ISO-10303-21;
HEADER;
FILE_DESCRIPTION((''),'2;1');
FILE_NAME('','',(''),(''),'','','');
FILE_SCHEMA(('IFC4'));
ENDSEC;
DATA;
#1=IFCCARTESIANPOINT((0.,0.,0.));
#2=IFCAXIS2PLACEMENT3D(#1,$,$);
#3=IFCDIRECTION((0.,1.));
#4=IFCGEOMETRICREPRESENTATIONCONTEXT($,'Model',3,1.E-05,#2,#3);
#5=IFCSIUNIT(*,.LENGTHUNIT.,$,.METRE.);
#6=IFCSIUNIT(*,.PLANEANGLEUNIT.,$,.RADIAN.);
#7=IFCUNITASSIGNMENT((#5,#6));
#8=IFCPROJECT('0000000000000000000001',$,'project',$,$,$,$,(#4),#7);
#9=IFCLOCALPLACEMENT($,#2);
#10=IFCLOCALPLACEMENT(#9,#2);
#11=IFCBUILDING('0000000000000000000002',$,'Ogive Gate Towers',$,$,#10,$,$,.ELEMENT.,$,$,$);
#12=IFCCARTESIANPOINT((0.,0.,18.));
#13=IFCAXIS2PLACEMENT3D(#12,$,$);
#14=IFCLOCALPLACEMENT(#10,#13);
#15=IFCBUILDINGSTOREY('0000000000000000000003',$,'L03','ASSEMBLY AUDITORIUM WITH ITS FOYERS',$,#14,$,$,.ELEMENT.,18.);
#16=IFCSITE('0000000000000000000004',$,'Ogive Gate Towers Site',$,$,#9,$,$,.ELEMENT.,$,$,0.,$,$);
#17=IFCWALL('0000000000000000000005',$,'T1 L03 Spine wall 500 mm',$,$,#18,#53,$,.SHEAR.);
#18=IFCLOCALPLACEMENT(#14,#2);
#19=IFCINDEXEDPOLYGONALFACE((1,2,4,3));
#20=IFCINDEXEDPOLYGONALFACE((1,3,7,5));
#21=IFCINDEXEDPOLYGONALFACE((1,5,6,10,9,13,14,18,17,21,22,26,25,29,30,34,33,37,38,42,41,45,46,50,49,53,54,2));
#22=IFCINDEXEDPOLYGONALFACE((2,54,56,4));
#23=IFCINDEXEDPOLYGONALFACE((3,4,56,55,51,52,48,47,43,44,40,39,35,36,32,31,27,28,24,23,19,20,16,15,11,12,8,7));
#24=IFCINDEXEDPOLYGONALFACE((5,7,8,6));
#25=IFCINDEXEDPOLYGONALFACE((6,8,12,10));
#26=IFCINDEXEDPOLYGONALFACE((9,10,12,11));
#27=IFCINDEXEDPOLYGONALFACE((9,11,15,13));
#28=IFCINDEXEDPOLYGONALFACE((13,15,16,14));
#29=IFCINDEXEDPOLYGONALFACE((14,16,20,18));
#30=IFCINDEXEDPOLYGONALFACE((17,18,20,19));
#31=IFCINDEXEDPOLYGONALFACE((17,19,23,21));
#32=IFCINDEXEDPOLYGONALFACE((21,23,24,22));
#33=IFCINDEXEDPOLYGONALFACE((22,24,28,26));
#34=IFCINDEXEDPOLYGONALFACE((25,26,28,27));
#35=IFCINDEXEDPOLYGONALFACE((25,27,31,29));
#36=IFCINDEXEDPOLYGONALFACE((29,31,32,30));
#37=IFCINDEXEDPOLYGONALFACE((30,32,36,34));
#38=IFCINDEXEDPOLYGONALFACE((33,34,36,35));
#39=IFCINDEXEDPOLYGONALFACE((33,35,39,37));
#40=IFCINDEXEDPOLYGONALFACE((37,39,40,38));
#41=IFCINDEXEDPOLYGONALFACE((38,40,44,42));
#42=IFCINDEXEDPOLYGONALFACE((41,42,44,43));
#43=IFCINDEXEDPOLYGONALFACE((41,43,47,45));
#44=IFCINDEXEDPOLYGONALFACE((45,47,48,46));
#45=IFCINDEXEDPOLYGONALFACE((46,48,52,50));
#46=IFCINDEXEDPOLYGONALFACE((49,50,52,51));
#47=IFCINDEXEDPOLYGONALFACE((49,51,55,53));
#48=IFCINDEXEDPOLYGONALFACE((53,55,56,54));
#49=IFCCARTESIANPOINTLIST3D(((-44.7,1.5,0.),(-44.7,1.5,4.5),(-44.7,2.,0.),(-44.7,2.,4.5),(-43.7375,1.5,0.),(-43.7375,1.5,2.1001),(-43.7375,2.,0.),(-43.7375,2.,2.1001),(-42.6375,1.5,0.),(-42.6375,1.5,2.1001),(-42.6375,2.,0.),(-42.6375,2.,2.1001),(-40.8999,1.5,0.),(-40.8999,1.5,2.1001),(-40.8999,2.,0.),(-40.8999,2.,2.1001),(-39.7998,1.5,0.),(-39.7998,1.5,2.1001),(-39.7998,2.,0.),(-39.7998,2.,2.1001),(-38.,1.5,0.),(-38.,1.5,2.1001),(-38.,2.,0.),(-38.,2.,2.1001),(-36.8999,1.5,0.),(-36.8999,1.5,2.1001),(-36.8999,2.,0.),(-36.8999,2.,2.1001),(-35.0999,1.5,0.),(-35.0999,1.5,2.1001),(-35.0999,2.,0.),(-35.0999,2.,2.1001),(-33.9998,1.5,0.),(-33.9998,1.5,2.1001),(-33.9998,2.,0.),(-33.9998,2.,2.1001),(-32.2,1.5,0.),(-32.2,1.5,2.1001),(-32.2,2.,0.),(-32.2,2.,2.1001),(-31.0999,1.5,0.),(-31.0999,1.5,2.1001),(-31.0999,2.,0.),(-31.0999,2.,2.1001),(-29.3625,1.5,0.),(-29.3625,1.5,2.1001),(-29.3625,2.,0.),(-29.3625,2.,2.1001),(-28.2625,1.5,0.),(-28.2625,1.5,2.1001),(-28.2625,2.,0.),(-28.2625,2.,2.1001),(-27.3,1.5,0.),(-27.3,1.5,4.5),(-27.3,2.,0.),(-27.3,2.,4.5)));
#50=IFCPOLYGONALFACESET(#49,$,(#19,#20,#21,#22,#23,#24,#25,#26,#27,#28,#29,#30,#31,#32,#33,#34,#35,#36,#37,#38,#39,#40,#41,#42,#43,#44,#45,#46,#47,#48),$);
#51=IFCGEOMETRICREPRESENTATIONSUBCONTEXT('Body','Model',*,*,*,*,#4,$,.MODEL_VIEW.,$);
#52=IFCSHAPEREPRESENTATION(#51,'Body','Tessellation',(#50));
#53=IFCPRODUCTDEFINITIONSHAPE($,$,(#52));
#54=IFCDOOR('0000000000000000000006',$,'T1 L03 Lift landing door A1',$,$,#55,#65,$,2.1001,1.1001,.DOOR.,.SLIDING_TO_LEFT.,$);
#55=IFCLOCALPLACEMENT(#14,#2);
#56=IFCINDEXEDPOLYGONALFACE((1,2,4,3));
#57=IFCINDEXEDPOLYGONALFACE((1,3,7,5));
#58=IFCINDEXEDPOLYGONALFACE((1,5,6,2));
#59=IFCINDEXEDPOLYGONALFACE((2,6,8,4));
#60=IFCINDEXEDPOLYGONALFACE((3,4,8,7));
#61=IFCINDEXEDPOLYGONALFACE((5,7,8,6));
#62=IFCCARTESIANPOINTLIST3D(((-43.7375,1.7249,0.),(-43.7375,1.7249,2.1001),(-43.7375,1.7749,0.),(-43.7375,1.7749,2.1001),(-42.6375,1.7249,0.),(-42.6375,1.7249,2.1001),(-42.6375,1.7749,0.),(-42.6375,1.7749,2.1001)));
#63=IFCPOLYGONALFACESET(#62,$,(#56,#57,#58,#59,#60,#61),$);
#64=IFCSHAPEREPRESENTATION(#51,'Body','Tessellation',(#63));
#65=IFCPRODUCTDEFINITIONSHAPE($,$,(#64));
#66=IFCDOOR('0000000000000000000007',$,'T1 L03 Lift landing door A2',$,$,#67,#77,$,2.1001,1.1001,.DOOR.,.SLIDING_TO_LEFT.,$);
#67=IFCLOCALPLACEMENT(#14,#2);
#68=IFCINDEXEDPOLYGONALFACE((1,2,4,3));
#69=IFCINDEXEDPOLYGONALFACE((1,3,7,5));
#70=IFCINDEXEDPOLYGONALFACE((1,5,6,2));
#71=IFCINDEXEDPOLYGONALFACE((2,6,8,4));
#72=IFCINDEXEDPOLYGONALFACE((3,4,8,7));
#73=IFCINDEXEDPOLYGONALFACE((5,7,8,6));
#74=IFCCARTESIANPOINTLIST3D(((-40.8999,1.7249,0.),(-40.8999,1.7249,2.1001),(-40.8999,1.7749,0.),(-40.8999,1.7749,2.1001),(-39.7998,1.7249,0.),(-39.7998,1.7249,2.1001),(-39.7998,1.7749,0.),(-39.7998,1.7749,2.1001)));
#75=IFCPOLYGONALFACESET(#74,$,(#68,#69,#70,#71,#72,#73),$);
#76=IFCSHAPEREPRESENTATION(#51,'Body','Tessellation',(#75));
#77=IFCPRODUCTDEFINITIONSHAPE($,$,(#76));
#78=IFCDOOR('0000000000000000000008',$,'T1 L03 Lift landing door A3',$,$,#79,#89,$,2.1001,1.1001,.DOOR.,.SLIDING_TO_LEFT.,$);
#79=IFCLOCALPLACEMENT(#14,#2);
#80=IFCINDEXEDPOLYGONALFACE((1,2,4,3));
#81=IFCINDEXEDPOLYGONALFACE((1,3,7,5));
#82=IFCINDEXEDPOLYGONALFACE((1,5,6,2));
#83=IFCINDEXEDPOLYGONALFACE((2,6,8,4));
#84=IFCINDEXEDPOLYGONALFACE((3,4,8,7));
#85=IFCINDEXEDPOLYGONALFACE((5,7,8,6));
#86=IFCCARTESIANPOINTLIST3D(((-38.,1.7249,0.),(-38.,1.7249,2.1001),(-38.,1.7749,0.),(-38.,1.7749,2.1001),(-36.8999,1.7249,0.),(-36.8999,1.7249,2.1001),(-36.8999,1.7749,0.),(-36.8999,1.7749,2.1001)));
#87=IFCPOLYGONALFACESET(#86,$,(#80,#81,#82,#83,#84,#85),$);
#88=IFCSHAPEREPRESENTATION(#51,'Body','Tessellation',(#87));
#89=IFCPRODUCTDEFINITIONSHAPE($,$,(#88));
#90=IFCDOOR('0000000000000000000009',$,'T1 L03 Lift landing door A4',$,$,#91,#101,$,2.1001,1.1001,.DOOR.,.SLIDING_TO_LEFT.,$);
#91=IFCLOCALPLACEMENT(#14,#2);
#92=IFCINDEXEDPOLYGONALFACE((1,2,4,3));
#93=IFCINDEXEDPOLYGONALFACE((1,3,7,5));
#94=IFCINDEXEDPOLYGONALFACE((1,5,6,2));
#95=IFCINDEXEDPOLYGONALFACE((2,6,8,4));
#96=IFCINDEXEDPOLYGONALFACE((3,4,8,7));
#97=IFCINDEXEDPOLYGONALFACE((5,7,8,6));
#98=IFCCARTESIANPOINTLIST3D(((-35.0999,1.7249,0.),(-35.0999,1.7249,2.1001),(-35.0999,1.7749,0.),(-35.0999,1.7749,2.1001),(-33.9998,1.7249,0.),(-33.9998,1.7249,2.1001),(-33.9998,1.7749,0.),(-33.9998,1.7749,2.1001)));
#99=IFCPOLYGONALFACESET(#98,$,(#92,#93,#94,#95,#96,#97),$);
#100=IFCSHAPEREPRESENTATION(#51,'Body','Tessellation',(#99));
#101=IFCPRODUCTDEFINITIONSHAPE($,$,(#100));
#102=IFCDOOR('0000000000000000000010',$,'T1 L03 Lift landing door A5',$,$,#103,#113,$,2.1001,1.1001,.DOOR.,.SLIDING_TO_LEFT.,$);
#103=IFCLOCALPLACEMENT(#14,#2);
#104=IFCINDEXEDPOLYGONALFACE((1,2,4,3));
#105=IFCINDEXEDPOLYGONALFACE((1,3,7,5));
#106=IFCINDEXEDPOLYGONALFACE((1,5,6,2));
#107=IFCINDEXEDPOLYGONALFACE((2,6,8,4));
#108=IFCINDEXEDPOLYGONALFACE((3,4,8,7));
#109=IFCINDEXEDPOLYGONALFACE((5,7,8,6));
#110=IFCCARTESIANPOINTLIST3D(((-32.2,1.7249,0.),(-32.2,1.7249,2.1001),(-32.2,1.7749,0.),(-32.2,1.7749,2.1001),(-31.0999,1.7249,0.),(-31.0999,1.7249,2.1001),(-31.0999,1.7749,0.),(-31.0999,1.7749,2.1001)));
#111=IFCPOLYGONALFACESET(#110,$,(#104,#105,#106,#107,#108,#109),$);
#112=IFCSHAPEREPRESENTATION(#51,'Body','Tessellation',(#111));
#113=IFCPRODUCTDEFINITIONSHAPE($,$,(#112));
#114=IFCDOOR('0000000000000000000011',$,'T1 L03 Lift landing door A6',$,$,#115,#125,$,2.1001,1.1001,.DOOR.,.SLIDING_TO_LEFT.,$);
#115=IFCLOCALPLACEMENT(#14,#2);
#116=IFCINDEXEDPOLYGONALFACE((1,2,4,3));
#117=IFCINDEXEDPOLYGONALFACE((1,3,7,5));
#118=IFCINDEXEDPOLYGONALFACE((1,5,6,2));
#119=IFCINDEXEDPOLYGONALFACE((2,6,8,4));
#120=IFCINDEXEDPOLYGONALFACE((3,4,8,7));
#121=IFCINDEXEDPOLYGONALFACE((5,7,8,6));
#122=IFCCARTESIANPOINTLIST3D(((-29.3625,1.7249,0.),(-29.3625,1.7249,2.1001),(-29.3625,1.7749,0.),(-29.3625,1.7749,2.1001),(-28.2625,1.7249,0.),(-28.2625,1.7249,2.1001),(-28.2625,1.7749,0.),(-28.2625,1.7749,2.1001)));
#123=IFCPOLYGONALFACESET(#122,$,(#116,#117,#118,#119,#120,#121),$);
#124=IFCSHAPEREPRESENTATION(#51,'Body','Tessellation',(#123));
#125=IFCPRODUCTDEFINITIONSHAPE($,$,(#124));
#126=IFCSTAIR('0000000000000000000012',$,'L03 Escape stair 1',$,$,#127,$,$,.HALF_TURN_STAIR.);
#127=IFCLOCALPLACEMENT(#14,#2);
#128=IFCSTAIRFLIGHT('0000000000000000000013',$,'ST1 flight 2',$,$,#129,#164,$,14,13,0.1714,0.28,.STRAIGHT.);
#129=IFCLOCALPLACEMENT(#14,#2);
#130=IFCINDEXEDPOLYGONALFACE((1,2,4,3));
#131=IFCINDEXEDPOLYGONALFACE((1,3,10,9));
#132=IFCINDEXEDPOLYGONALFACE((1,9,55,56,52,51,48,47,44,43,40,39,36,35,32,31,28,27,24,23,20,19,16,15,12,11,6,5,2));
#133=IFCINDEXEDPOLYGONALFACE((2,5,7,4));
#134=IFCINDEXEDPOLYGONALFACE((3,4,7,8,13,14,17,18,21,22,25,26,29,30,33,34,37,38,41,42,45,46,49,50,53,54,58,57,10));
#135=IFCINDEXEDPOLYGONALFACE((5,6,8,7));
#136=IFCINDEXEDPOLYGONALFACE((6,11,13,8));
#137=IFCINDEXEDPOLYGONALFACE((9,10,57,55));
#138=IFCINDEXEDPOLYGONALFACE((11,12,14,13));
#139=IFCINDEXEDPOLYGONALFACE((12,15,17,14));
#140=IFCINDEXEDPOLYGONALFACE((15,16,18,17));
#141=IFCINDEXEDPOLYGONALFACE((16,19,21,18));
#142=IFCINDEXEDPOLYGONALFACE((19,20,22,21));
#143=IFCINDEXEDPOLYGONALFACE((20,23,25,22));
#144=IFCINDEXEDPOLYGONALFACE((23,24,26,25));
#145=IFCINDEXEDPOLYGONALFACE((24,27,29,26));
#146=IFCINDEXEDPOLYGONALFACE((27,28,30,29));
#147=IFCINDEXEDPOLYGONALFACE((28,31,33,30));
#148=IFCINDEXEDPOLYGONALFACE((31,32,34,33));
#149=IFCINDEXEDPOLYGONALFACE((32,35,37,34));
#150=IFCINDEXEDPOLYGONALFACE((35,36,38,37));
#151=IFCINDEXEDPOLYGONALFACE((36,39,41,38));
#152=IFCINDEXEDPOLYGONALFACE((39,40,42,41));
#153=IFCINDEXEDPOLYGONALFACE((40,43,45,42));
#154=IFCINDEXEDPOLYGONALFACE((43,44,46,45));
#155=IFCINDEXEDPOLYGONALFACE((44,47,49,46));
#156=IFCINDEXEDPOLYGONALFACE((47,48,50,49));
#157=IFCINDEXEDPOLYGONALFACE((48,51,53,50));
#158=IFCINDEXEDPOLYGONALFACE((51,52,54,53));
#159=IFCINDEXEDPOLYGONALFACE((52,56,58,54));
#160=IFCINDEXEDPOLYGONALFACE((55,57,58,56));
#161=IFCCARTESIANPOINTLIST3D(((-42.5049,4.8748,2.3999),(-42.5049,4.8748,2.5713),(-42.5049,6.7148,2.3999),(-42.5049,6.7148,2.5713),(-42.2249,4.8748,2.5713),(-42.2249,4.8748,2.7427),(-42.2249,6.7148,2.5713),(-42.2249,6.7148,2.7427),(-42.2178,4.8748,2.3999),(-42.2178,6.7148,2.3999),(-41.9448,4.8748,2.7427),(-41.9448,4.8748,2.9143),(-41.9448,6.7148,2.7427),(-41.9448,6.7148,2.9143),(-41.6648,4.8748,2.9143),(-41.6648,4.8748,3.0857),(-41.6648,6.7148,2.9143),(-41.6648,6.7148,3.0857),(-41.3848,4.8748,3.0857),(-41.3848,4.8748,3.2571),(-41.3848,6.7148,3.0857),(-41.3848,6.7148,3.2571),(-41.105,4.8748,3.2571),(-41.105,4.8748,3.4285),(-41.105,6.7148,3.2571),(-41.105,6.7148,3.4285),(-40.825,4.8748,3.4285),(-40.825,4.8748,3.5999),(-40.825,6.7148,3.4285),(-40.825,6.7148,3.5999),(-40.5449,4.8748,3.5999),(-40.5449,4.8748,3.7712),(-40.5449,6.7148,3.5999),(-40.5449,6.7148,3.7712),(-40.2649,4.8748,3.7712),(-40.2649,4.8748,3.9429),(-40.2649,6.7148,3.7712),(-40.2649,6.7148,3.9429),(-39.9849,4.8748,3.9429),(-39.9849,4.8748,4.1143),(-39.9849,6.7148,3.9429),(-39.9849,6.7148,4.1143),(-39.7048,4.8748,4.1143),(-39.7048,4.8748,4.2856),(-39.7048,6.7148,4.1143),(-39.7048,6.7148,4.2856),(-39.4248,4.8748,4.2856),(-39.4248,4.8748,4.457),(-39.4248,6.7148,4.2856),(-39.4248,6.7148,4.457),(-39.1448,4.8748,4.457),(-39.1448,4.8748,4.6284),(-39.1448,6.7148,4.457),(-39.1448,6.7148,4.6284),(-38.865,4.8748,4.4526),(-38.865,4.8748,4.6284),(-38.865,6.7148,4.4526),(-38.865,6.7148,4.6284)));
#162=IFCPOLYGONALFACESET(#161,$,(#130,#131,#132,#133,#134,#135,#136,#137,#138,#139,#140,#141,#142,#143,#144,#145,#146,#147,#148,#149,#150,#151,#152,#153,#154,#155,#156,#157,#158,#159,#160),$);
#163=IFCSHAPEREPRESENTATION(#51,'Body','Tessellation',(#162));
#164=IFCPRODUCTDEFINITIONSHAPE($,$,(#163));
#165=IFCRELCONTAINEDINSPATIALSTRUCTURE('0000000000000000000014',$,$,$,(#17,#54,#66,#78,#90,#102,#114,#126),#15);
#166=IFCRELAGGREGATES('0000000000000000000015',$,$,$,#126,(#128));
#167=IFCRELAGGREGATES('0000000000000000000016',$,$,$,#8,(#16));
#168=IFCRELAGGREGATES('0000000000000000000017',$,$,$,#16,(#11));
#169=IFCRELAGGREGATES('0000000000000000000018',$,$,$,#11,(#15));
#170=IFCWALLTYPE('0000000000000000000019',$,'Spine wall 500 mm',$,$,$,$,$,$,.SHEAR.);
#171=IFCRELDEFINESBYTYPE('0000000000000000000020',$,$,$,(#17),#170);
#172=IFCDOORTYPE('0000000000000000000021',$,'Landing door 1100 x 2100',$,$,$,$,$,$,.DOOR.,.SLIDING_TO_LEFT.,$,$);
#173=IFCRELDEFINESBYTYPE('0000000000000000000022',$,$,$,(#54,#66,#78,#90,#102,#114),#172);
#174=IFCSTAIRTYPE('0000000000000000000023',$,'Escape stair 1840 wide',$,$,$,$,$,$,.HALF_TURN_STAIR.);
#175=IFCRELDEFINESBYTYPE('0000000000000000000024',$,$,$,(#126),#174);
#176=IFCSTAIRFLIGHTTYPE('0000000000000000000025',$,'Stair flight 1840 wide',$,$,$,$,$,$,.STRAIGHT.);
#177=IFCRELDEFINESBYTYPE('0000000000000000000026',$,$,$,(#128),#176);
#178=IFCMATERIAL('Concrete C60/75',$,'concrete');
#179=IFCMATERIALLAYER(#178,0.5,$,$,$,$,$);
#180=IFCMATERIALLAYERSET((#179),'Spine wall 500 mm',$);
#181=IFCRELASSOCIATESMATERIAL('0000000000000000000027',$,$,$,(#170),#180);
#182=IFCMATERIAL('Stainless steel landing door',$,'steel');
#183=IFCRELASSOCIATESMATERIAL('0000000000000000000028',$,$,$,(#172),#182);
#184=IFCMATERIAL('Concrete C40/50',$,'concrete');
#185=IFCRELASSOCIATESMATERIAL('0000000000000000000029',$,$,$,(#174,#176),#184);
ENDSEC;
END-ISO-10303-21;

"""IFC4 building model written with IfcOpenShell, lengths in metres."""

from ifc_helpers import new_model, si_unit, direction, frame, frame_2d, origin, place, context, subcontext, project, spatial, polyline, rectangle, outline, extrude, material, layer, layer_set, type_object, element, fill, aggregate, save


model = new_model("IFC4")

# Units and contexts
model_context = context("Model", 3, precision=1e-05, world=origin(), true_north=direction((0.0, 1.0)))
body_context = subcontext(model_context, "Body", "Model", "MODEL_VIEW")
ifc_project = project(units=[si_unit("LENGTHUNIT", "METRE"), si_unit("PLANEANGLEUNIT", "RADIAN")], contexts=[model_context])

# Site, building, storey
site_placement = place(None, origin())
site = spatial("IfcSite", under=ifc_project, at=site_placement, Name="Ogive Gate Towers Site", CompositionType="ELEMENT", RefElevation=0.0)
building_placement = place(site_placement, origin())
building = spatial("IfcBuilding", under=site, at=building_placement, Name="Ogive Gate Towers", CompositionType="ELEMENT")
storey_placement = place(building_placement, frame((0.0, 0.0, 18.0)))
storey = spatial("IfcBuildingStorey", under=building, at=storey_placement, Name="L03", Description="ASSEMBLY AUDITORIUM WITH ITS FOYERS", CompositionType="ELEMENT", Elevation=18.0)

# Shared definitions
ifc_material_1 = material(Name="Concrete C60/75", Category="concrete")

# Wall, openings, doors
ifc_layer_1 = layer(ifc_material_1, 0.5)
ifc_layer_set_1 = layer_set([ifc_layer_1], Name="Spine wall 500 mm")
wall_type_1 = type_object("IfcWallType", Name="Spine wall 500 mm", PredefinedType="SHEAR", material=ifc_layer_set_1)
ifc_material_2 = material(Name="Stainless steel landing door", Category="steel")
wall_1_placement = place(storey_placement, frame((-44.7, 1.75, 0.0), z_axis=(0.0, 0.0, 1.0), x_axis=(1.0, 0.0, 0.0)))
wall_1 = element("IfcWall", 1, at=wall_1_placement, inside=storey, type_object=wall_type_1, Name="T1 L03 Spine wall 500 mm", PredefinedType="SHEAR", context=body_context, shape_type="SweptSolid", body=[
    extrude(rectangle(XDim=17.3999, YDim=0.5, at=frame_2d((8.7, 0.0))), origin(), (0.0, 0.0, 1.0), 4.5),
])
opening_1_placement = place(wall_1_placement, frame((0.9624, 0.0, 0.0)))
opening_1 = element("IfcOpeningElement", 2, at=opening_1_placement, cuts=wall_1, PredefinedType="OPENING", context=body_context, shape_type="SweptSolid", body=[
    extrude(rectangle(XDim=1.1001, YDim=2.1001, at=frame_2d((0.55, 1.05))), frame((0.0, 0.26, 0.0), z_axis=(0.0, -1.0, 0.0), x_axis=(1.0, 0.0, 0.0)), (0.0, 0.0, 1.0), 0.52),
])
opening_2_placement = place(wall_1_placement, frame((3.8, 0.0, 0.0)))
opening_2 = element("IfcOpeningElement", 3, at=opening_2_placement, cuts=wall_1, PredefinedType="OPENING", context=body_context, shape_type="SweptSolid", body=[
    extrude(rectangle(XDim=1.1001, YDim=2.1001, at=frame_2d((0.55, 1.05))), frame((0.0, 0.26, 0.0), z_axis=(0.0, -1.0, 0.0), x_axis=(1.0, 0.0, 0.0)), (0.0, 0.0, 1.0), 0.52),
])
opening_3_placement = place(wall_1_placement, frame((6.7, 0.0, 0.0)))
opening_3 = element("IfcOpeningElement", 4, at=opening_3_placement, cuts=wall_1, PredefinedType="OPENING", context=body_context, shape_type="SweptSolid", body=[
    extrude(rectangle(XDim=1.1001, YDim=2.1001, at=frame_2d((0.55, 1.05))), frame((0.0, 0.26, 0.0), z_axis=(0.0, -1.0, 0.0), x_axis=(1.0, 0.0, 0.0)), (0.0, 0.0, 1.0), 0.52),
])
opening_4_placement = place(wall_1_placement, frame((9.6001, 0.0, 0.0)))
opening_4 = element("IfcOpeningElement", 5, at=opening_4_placement, cuts=wall_1, PredefinedType="OPENING", context=body_context, shape_type="SweptSolid", body=[
    extrude(rectangle(XDim=1.1001, YDim=2.1001, at=frame_2d((0.55, 1.05))), frame((0.0, 0.26, 0.0), z_axis=(0.0, -1.0, 0.0), x_axis=(1.0, 0.0, 0.0)), (0.0, 0.0, 1.0), 0.52),
])
opening_5_placement = place(wall_1_placement, frame((12.5, 0.0, 0.0)))
opening_5 = element("IfcOpeningElement", 6, at=opening_5_placement, cuts=wall_1, PredefinedType="OPENING", context=body_context, shape_type="SweptSolid", body=[
    extrude(rectangle(XDim=1.1001, YDim=2.1001, at=frame_2d((0.55, 1.05))), frame((0.0, 0.26, 0.0), z_axis=(0.0, -1.0, 0.0), x_axis=(1.0, 0.0, 0.0)), (0.0, 0.0, 1.0), 0.52),
])
opening_6_placement = place(wall_1_placement, frame((15.3374, 0.0, 0.0)))
opening_6 = element("IfcOpeningElement", 7, at=opening_6_placement, cuts=wall_1, PredefinedType="OPENING", context=body_context, shape_type="SweptSolid", body=[
    extrude(rectangle(XDim=1.1001, YDim=2.1001, at=frame_2d((0.55, 1.05))), frame((0.0, 0.26, 0.0), z_axis=(0.0, -1.0, 0.0), x_axis=(1.0, 0.0, 0.0)), (0.0, 0.0, 1.0), 0.52),
])
door_type_1 = type_object("IfcDoorType", Name="Landing door 1100 x 2100", OperationType="SLIDING_TO_LEFT", PredefinedType="DOOR", material=ifc_material_2)
door_1_placement = place(opening_1_placement, origin())
door_1 = element("IfcDoor", 8, at=door_1_placement, inside=storey, type_object=door_type_1, Name="T1 L03 Lift landing door A1", OperationType="SLIDING_TO_LEFT", OverallHeight=2.1001, OverallWidth=1.1001, PredefinedType="DOOR", context=body_context, shape_type="SweptSolid", body=[
    extrude(rectangle(XDim=1.1001, YDim=2.1001, at=frame_2d((0.55, 1.05))), frame((0.0, 0.0249, 0.0), z_axis=(0.0, -1.0, 0.0), x_axis=(1.0, 0.0, 0.0)), (0.0, 0.0, 1.0), 0.05),
])
fill(opening_1, door_1)
door_2_placement = place(opening_2_placement, origin())
door_2 = element("IfcDoor", 9, at=door_2_placement, inside=storey, type_object=door_type_1, Name="T1 L03 Lift landing door A2", OperationType="SLIDING_TO_LEFT", OverallHeight=2.1001, OverallWidth=1.1001, PredefinedType="DOOR", context=body_context, shape_type="SweptSolid", body=[
    extrude(rectangle(XDim=1.1001, YDim=2.1001, at=frame_2d((0.55, 1.05))), frame((0.0, 0.0249, 0.0), z_axis=(0.0, -1.0, 0.0), x_axis=(1.0, 0.0, 0.0)), (0.0, 0.0, 1.0), 0.05),
])
fill(opening_2, door_2)
door_3_placement = place(opening_3_placement, origin())
door_3 = element("IfcDoor", 10, at=door_3_placement, inside=storey, type_object=door_type_1, Name="T1 L03 Lift landing door A3", OperationType="SLIDING_TO_LEFT", OverallHeight=2.1001, OverallWidth=1.1001, PredefinedType="DOOR", context=body_context, shape_type="SweptSolid", body=[
    extrude(rectangle(XDim=1.1001, YDim=2.1001, at=frame_2d((0.55, 1.05))), frame((0.0, 0.0249, 0.0), z_axis=(0.0, -1.0, 0.0), x_axis=(1.0, 0.0, 0.0)), (0.0, 0.0, 1.0), 0.05),
])
fill(opening_3, door_3)
door_4_placement = place(opening_4_placement, origin())
door_4 = element("IfcDoor", 11, at=door_4_placement, inside=storey, type_object=door_type_1, Name="T1 L03 Lift landing door A4", OperationType="SLIDING_TO_LEFT", OverallHeight=2.1001, OverallWidth=1.1001, PredefinedType="DOOR", context=body_context, shape_type="SweptSolid", body=[
    extrude(rectangle(XDim=1.1001, YDim=2.1001, at=frame_2d((0.55, 1.05))), frame((0.0, 0.0249, 0.0), z_axis=(0.0, -1.0, 0.0), x_axis=(1.0, 0.0, 0.0)), (0.0, 0.0, 1.0), 0.05),
])
fill(opening_4, door_4)
door_5_placement = place(opening_5_placement, origin())
door_5 = element("IfcDoor", 12, at=door_5_placement, inside=storey, type_object=door_type_1, Name="T1 L03 Lift landing door A5", OperationType="SLIDING_TO_LEFT", OverallHeight=2.1001, OverallWidth=1.1001, PredefinedType="DOOR", context=body_context, shape_type="SweptSolid", body=[
    extrude(rectangle(XDim=1.1001, YDim=2.1001, at=frame_2d((0.55, 1.05))), frame((0.0, 0.0249, 0.0), z_axis=(0.0, -1.0, 0.0), x_axis=(1.0, 0.0, 0.0)), (0.0, 0.0, 1.0), 0.05),
])
fill(opening_5, door_5)
door_6_placement = place(opening_6_placement, origin())
door_6 = element("IfcDoor", 13, at=door_6_placement, inside=storey, type_object=door_type_1, Name="T1 L03 Lift landing door A6", OperationType="SLIDING_TO_LEFT", OverallHeight=2.1001, OverallWidth=1.1001, PredefinedType="DOOR", context=body_context, shape_type="SweptSolid", body=[
    extrude(rectangle(XDim=1.1001, YDim=2.1001, at=frame_2d((0.55, 1.05))), frame((0.0, 0.0249, 0.0), z_axis=(0.0, -1.0, 0.0), x_axis=(1.0, 0.0, 0.0)), (0.0, 0.0, 1.0), 0.05),
])
fill(opening_6, door_6)

# Stair, stair flight
ifc_material_3 = material(Name="Concrete C40/50", Category="concrete")
stair_type = type_object("IfcStairType", Name="Escape stair 1840 wide", PredefinedType="HALF_TURN_STAIR", material=ifc_material_3)
stair_placement = place(storey_placement, origin())
stair = element("IfcStair", 14, at=stair_placement, inside=storey, type_object=stair_type, Name="L03 Escape stair 1", PredefinedType="HALF_TURN_STAIR")
stair_flight_type = type_object("IfcStairFlightType", Name="Stair flight 1840 wide", PredefinedType="STRAIGHT", material=ifc_material_3)
stair_flight_placement = place(storey_placement, frame((-42.5049, 5.7949, 2.3999), z_axis=(0.0, 0.0, 1.0), x_axis=(1.0, 0.0, 0.0)))
stair_flight = element("IfcStairFlight", 15, at=stair_flight_placement, type_object=stair_flight_type, Name="ST1 flight 2", NumberOfRisers=14, NumberOfTreads=13, PredefinedType="STRAIGHT", RiserHeight=0.1714, TreadLength=0.28, context=body_context, shape_type="SweptSolid", body=[
    extrude(outline(polyline([(0.0, 0.0), (0.0, 0.1714), (0.28, 0.1714), (0.28, 0.3428), (0.5601, 0.3428), (0.5601, 0.5144), (0.8401, 0.5144), (0.8401, 0.6858), (1.1201, 0.6858), (1.1201, 0.8572), (1.3999, 0.8572), (1.3999, 1.0286), (1.6799, 1.0286), (1.6799, 1.2), (1.96, 1.2), (1.96, 1.3713), (2.24, 1.3713), (2.24, 1.543), (2.52, 1.543), (2.52, 1.7144), (2.8, 1.7144), (2.8, 1.8857), (3.0801, 1.8857), (3.0801, 2.0571), (3.3601, 2.0571), (3.3601, 2.2285), (3.6399, 2.2285), (3.6399, 2.3999), (3.6399, 2.0527), (0.2871, 0.0), (0.0, 0.0)])), frame((0.0, 0.9199, 0.0), z_axis=(0.0, -1.0, 0.0), x_axis=(1.0, 0.0, 0.0)), (0.0, 0.0, 1.0), 1.8401),
])
aggregate(stair, [stair_flight])

save(model, "model.ifc")
